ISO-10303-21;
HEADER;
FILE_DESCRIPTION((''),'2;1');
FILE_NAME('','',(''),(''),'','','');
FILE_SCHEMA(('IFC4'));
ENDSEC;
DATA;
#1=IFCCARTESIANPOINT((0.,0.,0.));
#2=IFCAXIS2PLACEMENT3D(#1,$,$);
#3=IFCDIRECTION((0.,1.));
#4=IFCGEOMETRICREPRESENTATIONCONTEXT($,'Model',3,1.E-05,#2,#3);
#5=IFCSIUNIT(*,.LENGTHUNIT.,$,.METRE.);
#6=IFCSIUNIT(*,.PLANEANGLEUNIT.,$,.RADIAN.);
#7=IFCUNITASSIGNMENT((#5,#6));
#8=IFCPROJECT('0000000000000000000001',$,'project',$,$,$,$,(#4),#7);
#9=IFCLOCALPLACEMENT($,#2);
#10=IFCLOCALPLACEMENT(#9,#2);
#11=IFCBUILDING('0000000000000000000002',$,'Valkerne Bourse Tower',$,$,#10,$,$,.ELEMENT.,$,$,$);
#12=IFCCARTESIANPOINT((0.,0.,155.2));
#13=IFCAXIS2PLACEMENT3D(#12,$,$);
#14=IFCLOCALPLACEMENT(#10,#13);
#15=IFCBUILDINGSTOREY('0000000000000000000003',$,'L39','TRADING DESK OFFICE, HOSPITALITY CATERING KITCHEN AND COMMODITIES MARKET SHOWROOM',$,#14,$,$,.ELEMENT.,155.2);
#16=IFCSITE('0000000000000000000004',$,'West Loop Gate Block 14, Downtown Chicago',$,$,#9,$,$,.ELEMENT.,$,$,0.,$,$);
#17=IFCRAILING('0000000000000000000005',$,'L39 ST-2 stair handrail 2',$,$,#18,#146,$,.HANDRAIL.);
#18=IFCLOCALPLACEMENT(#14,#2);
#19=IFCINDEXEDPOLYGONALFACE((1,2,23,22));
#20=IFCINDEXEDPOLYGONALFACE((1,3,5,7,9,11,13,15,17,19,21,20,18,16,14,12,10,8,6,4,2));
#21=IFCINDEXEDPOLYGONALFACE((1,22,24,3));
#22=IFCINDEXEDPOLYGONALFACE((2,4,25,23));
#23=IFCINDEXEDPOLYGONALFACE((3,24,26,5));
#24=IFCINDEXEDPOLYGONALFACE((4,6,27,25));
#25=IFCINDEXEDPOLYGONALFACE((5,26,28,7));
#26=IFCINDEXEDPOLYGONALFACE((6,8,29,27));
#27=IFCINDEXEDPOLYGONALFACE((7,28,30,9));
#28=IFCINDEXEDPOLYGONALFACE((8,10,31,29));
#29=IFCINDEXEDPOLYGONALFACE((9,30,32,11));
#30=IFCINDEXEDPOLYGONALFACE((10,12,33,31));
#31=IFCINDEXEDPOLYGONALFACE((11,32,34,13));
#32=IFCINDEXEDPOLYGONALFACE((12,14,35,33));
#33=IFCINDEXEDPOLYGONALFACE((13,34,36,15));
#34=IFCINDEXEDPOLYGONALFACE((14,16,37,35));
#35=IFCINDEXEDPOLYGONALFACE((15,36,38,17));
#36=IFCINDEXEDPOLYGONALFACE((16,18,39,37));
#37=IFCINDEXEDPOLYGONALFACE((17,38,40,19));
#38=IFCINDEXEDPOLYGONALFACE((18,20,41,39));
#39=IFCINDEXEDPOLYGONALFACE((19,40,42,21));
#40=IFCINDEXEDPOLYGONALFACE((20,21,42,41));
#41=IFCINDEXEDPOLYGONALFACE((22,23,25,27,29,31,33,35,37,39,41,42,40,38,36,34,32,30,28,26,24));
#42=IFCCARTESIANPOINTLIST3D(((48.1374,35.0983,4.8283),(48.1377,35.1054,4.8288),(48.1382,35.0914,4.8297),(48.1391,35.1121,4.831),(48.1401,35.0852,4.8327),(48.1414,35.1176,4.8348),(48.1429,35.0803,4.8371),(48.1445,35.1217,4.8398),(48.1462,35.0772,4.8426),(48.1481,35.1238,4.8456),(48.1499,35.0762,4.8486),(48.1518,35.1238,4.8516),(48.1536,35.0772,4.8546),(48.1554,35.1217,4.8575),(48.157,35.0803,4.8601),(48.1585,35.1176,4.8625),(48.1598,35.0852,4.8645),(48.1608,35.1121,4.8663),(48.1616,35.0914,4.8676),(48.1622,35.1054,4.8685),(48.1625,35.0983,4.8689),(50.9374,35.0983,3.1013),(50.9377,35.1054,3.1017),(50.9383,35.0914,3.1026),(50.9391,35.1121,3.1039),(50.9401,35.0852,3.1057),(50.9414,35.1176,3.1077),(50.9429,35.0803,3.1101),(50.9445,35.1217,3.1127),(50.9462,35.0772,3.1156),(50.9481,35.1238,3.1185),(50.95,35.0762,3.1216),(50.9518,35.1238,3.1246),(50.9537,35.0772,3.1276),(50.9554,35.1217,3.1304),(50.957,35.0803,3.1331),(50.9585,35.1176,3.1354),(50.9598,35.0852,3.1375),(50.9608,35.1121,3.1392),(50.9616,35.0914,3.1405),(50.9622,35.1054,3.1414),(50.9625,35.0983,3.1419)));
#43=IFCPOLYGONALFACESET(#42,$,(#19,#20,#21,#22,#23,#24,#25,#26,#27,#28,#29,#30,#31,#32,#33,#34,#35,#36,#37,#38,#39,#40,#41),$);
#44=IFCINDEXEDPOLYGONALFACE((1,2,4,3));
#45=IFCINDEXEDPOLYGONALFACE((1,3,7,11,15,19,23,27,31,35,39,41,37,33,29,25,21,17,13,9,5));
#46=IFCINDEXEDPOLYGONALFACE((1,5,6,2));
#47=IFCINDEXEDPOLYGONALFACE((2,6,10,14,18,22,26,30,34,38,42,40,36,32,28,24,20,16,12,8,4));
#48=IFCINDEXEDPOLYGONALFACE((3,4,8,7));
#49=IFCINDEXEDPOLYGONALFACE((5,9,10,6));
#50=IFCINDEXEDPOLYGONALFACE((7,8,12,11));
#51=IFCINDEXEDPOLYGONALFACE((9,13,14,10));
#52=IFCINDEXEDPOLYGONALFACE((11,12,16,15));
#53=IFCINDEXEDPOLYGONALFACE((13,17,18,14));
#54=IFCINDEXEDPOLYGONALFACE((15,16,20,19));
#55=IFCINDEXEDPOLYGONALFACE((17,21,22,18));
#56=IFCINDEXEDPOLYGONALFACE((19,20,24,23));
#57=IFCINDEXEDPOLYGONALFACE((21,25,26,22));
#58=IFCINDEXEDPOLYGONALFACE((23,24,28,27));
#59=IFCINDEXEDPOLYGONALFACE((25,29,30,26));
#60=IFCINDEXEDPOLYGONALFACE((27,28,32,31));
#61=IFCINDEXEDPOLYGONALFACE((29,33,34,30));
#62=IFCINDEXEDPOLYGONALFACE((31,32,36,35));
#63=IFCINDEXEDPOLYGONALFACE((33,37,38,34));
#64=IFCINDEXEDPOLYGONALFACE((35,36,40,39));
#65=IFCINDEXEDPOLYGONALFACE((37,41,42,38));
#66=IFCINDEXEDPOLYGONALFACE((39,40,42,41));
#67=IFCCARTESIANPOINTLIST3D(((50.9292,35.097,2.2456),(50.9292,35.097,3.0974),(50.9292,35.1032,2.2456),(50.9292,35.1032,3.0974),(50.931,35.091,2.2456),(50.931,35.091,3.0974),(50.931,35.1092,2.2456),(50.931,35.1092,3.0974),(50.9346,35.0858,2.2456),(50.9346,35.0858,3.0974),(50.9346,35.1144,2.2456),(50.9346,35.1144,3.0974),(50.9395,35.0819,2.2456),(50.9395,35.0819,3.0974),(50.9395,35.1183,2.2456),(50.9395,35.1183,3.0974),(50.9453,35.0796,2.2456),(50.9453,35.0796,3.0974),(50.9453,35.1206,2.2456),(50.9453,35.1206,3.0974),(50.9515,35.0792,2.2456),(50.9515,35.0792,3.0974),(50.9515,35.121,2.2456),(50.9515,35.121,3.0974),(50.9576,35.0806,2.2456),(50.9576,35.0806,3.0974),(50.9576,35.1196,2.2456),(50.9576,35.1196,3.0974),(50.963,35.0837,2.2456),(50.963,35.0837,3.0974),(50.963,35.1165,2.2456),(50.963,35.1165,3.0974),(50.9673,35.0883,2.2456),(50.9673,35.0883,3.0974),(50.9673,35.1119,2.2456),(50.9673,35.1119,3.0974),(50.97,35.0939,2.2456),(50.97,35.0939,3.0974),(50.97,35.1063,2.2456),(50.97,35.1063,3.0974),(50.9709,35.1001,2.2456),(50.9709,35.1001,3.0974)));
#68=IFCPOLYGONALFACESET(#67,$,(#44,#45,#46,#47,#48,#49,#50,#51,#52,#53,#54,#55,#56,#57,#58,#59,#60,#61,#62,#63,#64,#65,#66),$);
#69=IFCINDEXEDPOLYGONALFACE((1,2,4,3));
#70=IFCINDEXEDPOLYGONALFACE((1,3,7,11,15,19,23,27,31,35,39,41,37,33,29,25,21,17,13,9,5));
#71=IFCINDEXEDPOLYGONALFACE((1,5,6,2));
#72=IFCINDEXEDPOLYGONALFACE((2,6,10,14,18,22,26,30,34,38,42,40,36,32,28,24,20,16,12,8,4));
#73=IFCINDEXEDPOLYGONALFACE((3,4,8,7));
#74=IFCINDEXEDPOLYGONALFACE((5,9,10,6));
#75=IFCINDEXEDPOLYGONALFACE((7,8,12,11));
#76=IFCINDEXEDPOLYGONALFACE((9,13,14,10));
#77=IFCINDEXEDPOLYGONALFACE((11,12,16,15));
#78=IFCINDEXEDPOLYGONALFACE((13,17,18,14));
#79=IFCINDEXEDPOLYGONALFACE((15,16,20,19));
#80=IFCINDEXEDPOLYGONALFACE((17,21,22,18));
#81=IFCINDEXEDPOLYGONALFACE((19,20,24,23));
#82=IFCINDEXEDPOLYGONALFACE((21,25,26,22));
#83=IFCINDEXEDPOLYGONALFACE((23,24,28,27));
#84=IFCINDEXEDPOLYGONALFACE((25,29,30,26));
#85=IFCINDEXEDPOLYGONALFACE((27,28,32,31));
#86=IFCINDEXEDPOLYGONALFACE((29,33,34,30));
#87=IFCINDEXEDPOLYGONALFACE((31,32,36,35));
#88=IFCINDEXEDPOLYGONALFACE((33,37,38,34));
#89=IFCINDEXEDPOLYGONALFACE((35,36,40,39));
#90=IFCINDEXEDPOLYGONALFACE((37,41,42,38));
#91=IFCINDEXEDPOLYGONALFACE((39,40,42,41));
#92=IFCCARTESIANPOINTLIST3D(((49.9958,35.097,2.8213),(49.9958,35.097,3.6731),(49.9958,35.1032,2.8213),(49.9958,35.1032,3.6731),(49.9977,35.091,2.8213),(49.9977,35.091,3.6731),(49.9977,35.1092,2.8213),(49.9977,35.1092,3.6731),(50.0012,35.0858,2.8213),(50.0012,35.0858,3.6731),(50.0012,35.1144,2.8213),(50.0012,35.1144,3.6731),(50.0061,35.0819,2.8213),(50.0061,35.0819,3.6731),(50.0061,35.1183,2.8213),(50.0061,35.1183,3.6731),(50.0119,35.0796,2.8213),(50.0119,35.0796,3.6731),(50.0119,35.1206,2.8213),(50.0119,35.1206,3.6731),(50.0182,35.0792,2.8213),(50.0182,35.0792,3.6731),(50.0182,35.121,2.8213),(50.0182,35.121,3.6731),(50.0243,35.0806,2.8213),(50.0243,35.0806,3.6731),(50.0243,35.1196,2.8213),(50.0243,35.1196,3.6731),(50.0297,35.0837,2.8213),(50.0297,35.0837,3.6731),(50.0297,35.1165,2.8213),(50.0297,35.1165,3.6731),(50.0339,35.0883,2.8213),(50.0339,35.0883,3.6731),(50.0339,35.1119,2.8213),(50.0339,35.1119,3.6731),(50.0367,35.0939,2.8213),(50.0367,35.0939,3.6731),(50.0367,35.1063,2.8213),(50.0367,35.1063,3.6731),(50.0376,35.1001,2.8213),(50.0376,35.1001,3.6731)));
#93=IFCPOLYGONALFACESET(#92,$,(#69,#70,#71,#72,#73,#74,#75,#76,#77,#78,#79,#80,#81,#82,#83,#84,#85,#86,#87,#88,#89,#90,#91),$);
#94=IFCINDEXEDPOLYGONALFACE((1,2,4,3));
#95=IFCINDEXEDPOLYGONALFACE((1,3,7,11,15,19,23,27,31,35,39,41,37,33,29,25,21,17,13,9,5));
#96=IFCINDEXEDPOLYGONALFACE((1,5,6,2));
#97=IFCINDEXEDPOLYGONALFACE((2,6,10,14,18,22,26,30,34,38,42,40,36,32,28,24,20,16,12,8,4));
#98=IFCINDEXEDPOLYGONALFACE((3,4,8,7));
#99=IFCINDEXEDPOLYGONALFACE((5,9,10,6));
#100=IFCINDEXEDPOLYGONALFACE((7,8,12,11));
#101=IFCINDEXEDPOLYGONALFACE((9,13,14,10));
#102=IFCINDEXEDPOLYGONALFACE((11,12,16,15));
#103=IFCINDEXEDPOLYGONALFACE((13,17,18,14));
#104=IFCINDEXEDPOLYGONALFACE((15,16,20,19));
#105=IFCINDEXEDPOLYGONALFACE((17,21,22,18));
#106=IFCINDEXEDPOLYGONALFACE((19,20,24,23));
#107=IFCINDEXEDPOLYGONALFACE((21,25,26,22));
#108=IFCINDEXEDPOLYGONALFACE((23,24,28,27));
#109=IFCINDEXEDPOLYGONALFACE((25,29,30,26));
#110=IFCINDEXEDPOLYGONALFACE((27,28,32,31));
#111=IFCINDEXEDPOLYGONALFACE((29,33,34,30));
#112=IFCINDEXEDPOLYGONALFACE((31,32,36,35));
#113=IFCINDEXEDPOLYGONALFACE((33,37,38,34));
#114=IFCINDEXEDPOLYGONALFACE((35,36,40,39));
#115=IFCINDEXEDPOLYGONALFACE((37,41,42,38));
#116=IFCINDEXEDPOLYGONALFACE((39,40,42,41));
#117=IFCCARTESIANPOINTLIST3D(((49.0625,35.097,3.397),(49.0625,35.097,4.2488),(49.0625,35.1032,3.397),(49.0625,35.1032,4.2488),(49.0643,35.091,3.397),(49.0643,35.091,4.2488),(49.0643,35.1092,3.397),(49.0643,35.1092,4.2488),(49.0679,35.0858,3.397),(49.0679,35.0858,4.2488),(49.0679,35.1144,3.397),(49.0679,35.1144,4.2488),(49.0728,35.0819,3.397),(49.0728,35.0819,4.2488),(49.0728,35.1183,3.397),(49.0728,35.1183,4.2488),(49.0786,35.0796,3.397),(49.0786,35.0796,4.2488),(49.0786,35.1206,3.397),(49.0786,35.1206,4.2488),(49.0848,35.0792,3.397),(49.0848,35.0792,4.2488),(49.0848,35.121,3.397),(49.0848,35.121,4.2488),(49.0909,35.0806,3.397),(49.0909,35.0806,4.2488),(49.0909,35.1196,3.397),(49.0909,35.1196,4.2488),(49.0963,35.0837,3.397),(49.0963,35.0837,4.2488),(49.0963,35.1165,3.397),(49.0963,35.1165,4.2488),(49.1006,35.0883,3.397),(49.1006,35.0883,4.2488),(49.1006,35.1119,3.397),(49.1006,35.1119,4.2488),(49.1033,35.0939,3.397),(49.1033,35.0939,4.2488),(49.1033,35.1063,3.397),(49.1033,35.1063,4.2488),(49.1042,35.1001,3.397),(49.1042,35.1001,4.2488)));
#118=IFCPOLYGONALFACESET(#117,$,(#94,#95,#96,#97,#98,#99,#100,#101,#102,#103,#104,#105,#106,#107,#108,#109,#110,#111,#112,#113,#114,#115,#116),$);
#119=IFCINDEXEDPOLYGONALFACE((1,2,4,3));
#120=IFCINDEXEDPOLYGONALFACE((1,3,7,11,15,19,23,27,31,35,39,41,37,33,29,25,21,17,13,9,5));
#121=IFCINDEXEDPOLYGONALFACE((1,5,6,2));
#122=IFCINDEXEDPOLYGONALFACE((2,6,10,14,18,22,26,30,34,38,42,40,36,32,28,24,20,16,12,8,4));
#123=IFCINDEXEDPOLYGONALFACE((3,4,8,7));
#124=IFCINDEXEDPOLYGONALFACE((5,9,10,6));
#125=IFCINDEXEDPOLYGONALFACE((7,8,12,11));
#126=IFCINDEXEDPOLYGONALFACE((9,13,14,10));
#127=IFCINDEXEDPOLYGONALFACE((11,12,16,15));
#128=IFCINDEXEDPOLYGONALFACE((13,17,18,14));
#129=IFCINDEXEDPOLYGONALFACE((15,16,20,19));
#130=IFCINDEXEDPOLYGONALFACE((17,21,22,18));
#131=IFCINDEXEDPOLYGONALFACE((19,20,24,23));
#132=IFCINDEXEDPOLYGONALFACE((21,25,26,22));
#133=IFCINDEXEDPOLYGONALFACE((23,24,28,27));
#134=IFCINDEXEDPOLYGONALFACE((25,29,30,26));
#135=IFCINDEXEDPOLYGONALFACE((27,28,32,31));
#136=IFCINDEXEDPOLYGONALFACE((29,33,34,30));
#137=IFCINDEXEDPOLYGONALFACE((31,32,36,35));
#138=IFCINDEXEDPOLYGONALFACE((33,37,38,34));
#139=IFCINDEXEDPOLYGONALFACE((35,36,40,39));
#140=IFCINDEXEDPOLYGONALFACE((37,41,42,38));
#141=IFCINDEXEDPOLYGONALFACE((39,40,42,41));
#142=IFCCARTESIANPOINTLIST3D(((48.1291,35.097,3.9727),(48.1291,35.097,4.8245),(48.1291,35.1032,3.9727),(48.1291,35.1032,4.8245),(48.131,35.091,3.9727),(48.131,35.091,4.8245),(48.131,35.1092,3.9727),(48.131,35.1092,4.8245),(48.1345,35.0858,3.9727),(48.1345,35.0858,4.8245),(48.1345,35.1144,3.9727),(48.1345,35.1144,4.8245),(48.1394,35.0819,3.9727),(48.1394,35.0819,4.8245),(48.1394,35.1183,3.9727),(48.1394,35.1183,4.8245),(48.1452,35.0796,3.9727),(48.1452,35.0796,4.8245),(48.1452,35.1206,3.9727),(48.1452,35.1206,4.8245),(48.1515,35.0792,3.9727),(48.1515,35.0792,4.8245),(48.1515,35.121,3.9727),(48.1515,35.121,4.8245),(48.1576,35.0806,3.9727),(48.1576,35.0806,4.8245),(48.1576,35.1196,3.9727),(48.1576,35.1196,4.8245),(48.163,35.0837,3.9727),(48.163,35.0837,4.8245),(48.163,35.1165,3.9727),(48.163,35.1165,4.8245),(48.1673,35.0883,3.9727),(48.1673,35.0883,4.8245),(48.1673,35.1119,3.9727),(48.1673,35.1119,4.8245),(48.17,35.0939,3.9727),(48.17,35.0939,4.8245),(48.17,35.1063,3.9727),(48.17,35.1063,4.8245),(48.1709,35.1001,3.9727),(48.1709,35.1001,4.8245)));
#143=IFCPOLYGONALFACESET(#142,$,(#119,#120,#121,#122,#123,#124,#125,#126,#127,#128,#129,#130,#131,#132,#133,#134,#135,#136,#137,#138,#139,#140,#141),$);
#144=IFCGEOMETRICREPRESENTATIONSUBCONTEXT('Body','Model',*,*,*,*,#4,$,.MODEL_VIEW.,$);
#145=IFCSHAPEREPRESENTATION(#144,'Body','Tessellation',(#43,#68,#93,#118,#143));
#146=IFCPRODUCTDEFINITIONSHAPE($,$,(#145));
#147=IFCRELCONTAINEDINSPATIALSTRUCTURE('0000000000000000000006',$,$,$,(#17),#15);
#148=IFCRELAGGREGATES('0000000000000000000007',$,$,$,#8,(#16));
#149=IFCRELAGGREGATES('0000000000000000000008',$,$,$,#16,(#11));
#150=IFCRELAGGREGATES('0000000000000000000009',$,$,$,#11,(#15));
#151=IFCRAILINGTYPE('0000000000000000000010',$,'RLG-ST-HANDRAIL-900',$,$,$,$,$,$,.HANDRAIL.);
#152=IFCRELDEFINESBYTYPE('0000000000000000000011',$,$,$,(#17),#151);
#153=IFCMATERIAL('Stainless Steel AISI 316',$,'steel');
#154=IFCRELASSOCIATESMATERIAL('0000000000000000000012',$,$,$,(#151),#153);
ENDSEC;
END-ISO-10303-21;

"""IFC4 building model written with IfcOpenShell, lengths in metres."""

from ifc_helpers import new_model, si_unit, direction, frame, origin, origin_2d, place, context, subcontext, project, spatial, circle, extrude, material, type_object, element, save


model = new_model("IFC4")

# Units and contexts
model_context = context("Model", 3, precision=1e-05, world=origin(), true_north=direction((0.0, 1.0)))
body_context = subcontext(model_context, "Body", "Model", "MODEL_VIEW")
ifc_project = project(units=[si_unit("LENGTHUNIT", "METRE"), si_unit("PLANEANGLEUNIT", "RADIAN")], contexts=[model_context])

# Site, building, storey
site_placement = place(None, origin())
site = spatial("IfcSite", under=ifc_project, at=site_placement, Name="West Loop Gate Block 14, Downtown Chicago", CompositionType="ELEMENT", RefElevation=0.0)
building_placement = place(site_placement, origin())
building = spatial("IfcBuilding", under=site, at=building_placement, Name="Valkerne Bourse Tower", CompositionType="ELEMENT")
storey_placement = place(building_placement, frame((0.0, 0.0, 155.2)))
storey = spatial("IfcBuildingStorey", under=building, at=storey_placement, Name="L39", Description="TRADING DESK OFFICE, HOSPITALITY CATERING KITCHEN AND COMMODITIES MARKET SHOWROOM", CompositionType="ELEMENT", Elevation=155.2)

# Shared definitions
ifc_material_1 = material(Name="Stainless Steel AISI 316", Category="steel")

# Railing
railing_type_1 = type_object("IfcRailingType", Name="RLG-ST-HANDRAIL-900", PredefinedType="HANDRAIL", material=ifc_material_1)
railing_1_placement = place(storey_placement, frame((50.95, 35.1001, 2.2456)))
element("IfcRailing", 1, at=railing_1_placement, inside=storey, type_object=railing_type_1, Name="L39 ST-2 stair handrail 2", PredefinedType="HANDRAIL", context=body_context, shape_type="SweptSolid", body=[
    extrude(circle(Radius=0.0239, at=origin_2d()), frame((0.0, 0.0, 0.876), z_axis=(-0.851123, 0.0, 0.524967), x_axis=(0.0, -1.0, 0.0)), (0.0, 0.0, 1.0), 3.2898),
    extrude(circle(Radius=0.021, at=origin_2d()), origin(), (0.0, 0.0, 1.0), 0.8518),
    extrude(circle(Radius=0.021, at=origin_2d()), frame((-0.9333, 0.0, 0.5757)), (0.0, 0.0, 1.0), 0.8518),
    extrude(circle(Radius=0.021, at=origin_2d()), frame((-1.8667, 0.0, 1.1514)), (0.0, 0.0, 1.0), 0.8518),
    extrude(circle(Radius=0.021, at=origin_2d()), frame((-2.8, 0.0, 1.7271)), (0.0, 0.0, 1.0), 0.8518),
])

save(model, "model.ifc")
